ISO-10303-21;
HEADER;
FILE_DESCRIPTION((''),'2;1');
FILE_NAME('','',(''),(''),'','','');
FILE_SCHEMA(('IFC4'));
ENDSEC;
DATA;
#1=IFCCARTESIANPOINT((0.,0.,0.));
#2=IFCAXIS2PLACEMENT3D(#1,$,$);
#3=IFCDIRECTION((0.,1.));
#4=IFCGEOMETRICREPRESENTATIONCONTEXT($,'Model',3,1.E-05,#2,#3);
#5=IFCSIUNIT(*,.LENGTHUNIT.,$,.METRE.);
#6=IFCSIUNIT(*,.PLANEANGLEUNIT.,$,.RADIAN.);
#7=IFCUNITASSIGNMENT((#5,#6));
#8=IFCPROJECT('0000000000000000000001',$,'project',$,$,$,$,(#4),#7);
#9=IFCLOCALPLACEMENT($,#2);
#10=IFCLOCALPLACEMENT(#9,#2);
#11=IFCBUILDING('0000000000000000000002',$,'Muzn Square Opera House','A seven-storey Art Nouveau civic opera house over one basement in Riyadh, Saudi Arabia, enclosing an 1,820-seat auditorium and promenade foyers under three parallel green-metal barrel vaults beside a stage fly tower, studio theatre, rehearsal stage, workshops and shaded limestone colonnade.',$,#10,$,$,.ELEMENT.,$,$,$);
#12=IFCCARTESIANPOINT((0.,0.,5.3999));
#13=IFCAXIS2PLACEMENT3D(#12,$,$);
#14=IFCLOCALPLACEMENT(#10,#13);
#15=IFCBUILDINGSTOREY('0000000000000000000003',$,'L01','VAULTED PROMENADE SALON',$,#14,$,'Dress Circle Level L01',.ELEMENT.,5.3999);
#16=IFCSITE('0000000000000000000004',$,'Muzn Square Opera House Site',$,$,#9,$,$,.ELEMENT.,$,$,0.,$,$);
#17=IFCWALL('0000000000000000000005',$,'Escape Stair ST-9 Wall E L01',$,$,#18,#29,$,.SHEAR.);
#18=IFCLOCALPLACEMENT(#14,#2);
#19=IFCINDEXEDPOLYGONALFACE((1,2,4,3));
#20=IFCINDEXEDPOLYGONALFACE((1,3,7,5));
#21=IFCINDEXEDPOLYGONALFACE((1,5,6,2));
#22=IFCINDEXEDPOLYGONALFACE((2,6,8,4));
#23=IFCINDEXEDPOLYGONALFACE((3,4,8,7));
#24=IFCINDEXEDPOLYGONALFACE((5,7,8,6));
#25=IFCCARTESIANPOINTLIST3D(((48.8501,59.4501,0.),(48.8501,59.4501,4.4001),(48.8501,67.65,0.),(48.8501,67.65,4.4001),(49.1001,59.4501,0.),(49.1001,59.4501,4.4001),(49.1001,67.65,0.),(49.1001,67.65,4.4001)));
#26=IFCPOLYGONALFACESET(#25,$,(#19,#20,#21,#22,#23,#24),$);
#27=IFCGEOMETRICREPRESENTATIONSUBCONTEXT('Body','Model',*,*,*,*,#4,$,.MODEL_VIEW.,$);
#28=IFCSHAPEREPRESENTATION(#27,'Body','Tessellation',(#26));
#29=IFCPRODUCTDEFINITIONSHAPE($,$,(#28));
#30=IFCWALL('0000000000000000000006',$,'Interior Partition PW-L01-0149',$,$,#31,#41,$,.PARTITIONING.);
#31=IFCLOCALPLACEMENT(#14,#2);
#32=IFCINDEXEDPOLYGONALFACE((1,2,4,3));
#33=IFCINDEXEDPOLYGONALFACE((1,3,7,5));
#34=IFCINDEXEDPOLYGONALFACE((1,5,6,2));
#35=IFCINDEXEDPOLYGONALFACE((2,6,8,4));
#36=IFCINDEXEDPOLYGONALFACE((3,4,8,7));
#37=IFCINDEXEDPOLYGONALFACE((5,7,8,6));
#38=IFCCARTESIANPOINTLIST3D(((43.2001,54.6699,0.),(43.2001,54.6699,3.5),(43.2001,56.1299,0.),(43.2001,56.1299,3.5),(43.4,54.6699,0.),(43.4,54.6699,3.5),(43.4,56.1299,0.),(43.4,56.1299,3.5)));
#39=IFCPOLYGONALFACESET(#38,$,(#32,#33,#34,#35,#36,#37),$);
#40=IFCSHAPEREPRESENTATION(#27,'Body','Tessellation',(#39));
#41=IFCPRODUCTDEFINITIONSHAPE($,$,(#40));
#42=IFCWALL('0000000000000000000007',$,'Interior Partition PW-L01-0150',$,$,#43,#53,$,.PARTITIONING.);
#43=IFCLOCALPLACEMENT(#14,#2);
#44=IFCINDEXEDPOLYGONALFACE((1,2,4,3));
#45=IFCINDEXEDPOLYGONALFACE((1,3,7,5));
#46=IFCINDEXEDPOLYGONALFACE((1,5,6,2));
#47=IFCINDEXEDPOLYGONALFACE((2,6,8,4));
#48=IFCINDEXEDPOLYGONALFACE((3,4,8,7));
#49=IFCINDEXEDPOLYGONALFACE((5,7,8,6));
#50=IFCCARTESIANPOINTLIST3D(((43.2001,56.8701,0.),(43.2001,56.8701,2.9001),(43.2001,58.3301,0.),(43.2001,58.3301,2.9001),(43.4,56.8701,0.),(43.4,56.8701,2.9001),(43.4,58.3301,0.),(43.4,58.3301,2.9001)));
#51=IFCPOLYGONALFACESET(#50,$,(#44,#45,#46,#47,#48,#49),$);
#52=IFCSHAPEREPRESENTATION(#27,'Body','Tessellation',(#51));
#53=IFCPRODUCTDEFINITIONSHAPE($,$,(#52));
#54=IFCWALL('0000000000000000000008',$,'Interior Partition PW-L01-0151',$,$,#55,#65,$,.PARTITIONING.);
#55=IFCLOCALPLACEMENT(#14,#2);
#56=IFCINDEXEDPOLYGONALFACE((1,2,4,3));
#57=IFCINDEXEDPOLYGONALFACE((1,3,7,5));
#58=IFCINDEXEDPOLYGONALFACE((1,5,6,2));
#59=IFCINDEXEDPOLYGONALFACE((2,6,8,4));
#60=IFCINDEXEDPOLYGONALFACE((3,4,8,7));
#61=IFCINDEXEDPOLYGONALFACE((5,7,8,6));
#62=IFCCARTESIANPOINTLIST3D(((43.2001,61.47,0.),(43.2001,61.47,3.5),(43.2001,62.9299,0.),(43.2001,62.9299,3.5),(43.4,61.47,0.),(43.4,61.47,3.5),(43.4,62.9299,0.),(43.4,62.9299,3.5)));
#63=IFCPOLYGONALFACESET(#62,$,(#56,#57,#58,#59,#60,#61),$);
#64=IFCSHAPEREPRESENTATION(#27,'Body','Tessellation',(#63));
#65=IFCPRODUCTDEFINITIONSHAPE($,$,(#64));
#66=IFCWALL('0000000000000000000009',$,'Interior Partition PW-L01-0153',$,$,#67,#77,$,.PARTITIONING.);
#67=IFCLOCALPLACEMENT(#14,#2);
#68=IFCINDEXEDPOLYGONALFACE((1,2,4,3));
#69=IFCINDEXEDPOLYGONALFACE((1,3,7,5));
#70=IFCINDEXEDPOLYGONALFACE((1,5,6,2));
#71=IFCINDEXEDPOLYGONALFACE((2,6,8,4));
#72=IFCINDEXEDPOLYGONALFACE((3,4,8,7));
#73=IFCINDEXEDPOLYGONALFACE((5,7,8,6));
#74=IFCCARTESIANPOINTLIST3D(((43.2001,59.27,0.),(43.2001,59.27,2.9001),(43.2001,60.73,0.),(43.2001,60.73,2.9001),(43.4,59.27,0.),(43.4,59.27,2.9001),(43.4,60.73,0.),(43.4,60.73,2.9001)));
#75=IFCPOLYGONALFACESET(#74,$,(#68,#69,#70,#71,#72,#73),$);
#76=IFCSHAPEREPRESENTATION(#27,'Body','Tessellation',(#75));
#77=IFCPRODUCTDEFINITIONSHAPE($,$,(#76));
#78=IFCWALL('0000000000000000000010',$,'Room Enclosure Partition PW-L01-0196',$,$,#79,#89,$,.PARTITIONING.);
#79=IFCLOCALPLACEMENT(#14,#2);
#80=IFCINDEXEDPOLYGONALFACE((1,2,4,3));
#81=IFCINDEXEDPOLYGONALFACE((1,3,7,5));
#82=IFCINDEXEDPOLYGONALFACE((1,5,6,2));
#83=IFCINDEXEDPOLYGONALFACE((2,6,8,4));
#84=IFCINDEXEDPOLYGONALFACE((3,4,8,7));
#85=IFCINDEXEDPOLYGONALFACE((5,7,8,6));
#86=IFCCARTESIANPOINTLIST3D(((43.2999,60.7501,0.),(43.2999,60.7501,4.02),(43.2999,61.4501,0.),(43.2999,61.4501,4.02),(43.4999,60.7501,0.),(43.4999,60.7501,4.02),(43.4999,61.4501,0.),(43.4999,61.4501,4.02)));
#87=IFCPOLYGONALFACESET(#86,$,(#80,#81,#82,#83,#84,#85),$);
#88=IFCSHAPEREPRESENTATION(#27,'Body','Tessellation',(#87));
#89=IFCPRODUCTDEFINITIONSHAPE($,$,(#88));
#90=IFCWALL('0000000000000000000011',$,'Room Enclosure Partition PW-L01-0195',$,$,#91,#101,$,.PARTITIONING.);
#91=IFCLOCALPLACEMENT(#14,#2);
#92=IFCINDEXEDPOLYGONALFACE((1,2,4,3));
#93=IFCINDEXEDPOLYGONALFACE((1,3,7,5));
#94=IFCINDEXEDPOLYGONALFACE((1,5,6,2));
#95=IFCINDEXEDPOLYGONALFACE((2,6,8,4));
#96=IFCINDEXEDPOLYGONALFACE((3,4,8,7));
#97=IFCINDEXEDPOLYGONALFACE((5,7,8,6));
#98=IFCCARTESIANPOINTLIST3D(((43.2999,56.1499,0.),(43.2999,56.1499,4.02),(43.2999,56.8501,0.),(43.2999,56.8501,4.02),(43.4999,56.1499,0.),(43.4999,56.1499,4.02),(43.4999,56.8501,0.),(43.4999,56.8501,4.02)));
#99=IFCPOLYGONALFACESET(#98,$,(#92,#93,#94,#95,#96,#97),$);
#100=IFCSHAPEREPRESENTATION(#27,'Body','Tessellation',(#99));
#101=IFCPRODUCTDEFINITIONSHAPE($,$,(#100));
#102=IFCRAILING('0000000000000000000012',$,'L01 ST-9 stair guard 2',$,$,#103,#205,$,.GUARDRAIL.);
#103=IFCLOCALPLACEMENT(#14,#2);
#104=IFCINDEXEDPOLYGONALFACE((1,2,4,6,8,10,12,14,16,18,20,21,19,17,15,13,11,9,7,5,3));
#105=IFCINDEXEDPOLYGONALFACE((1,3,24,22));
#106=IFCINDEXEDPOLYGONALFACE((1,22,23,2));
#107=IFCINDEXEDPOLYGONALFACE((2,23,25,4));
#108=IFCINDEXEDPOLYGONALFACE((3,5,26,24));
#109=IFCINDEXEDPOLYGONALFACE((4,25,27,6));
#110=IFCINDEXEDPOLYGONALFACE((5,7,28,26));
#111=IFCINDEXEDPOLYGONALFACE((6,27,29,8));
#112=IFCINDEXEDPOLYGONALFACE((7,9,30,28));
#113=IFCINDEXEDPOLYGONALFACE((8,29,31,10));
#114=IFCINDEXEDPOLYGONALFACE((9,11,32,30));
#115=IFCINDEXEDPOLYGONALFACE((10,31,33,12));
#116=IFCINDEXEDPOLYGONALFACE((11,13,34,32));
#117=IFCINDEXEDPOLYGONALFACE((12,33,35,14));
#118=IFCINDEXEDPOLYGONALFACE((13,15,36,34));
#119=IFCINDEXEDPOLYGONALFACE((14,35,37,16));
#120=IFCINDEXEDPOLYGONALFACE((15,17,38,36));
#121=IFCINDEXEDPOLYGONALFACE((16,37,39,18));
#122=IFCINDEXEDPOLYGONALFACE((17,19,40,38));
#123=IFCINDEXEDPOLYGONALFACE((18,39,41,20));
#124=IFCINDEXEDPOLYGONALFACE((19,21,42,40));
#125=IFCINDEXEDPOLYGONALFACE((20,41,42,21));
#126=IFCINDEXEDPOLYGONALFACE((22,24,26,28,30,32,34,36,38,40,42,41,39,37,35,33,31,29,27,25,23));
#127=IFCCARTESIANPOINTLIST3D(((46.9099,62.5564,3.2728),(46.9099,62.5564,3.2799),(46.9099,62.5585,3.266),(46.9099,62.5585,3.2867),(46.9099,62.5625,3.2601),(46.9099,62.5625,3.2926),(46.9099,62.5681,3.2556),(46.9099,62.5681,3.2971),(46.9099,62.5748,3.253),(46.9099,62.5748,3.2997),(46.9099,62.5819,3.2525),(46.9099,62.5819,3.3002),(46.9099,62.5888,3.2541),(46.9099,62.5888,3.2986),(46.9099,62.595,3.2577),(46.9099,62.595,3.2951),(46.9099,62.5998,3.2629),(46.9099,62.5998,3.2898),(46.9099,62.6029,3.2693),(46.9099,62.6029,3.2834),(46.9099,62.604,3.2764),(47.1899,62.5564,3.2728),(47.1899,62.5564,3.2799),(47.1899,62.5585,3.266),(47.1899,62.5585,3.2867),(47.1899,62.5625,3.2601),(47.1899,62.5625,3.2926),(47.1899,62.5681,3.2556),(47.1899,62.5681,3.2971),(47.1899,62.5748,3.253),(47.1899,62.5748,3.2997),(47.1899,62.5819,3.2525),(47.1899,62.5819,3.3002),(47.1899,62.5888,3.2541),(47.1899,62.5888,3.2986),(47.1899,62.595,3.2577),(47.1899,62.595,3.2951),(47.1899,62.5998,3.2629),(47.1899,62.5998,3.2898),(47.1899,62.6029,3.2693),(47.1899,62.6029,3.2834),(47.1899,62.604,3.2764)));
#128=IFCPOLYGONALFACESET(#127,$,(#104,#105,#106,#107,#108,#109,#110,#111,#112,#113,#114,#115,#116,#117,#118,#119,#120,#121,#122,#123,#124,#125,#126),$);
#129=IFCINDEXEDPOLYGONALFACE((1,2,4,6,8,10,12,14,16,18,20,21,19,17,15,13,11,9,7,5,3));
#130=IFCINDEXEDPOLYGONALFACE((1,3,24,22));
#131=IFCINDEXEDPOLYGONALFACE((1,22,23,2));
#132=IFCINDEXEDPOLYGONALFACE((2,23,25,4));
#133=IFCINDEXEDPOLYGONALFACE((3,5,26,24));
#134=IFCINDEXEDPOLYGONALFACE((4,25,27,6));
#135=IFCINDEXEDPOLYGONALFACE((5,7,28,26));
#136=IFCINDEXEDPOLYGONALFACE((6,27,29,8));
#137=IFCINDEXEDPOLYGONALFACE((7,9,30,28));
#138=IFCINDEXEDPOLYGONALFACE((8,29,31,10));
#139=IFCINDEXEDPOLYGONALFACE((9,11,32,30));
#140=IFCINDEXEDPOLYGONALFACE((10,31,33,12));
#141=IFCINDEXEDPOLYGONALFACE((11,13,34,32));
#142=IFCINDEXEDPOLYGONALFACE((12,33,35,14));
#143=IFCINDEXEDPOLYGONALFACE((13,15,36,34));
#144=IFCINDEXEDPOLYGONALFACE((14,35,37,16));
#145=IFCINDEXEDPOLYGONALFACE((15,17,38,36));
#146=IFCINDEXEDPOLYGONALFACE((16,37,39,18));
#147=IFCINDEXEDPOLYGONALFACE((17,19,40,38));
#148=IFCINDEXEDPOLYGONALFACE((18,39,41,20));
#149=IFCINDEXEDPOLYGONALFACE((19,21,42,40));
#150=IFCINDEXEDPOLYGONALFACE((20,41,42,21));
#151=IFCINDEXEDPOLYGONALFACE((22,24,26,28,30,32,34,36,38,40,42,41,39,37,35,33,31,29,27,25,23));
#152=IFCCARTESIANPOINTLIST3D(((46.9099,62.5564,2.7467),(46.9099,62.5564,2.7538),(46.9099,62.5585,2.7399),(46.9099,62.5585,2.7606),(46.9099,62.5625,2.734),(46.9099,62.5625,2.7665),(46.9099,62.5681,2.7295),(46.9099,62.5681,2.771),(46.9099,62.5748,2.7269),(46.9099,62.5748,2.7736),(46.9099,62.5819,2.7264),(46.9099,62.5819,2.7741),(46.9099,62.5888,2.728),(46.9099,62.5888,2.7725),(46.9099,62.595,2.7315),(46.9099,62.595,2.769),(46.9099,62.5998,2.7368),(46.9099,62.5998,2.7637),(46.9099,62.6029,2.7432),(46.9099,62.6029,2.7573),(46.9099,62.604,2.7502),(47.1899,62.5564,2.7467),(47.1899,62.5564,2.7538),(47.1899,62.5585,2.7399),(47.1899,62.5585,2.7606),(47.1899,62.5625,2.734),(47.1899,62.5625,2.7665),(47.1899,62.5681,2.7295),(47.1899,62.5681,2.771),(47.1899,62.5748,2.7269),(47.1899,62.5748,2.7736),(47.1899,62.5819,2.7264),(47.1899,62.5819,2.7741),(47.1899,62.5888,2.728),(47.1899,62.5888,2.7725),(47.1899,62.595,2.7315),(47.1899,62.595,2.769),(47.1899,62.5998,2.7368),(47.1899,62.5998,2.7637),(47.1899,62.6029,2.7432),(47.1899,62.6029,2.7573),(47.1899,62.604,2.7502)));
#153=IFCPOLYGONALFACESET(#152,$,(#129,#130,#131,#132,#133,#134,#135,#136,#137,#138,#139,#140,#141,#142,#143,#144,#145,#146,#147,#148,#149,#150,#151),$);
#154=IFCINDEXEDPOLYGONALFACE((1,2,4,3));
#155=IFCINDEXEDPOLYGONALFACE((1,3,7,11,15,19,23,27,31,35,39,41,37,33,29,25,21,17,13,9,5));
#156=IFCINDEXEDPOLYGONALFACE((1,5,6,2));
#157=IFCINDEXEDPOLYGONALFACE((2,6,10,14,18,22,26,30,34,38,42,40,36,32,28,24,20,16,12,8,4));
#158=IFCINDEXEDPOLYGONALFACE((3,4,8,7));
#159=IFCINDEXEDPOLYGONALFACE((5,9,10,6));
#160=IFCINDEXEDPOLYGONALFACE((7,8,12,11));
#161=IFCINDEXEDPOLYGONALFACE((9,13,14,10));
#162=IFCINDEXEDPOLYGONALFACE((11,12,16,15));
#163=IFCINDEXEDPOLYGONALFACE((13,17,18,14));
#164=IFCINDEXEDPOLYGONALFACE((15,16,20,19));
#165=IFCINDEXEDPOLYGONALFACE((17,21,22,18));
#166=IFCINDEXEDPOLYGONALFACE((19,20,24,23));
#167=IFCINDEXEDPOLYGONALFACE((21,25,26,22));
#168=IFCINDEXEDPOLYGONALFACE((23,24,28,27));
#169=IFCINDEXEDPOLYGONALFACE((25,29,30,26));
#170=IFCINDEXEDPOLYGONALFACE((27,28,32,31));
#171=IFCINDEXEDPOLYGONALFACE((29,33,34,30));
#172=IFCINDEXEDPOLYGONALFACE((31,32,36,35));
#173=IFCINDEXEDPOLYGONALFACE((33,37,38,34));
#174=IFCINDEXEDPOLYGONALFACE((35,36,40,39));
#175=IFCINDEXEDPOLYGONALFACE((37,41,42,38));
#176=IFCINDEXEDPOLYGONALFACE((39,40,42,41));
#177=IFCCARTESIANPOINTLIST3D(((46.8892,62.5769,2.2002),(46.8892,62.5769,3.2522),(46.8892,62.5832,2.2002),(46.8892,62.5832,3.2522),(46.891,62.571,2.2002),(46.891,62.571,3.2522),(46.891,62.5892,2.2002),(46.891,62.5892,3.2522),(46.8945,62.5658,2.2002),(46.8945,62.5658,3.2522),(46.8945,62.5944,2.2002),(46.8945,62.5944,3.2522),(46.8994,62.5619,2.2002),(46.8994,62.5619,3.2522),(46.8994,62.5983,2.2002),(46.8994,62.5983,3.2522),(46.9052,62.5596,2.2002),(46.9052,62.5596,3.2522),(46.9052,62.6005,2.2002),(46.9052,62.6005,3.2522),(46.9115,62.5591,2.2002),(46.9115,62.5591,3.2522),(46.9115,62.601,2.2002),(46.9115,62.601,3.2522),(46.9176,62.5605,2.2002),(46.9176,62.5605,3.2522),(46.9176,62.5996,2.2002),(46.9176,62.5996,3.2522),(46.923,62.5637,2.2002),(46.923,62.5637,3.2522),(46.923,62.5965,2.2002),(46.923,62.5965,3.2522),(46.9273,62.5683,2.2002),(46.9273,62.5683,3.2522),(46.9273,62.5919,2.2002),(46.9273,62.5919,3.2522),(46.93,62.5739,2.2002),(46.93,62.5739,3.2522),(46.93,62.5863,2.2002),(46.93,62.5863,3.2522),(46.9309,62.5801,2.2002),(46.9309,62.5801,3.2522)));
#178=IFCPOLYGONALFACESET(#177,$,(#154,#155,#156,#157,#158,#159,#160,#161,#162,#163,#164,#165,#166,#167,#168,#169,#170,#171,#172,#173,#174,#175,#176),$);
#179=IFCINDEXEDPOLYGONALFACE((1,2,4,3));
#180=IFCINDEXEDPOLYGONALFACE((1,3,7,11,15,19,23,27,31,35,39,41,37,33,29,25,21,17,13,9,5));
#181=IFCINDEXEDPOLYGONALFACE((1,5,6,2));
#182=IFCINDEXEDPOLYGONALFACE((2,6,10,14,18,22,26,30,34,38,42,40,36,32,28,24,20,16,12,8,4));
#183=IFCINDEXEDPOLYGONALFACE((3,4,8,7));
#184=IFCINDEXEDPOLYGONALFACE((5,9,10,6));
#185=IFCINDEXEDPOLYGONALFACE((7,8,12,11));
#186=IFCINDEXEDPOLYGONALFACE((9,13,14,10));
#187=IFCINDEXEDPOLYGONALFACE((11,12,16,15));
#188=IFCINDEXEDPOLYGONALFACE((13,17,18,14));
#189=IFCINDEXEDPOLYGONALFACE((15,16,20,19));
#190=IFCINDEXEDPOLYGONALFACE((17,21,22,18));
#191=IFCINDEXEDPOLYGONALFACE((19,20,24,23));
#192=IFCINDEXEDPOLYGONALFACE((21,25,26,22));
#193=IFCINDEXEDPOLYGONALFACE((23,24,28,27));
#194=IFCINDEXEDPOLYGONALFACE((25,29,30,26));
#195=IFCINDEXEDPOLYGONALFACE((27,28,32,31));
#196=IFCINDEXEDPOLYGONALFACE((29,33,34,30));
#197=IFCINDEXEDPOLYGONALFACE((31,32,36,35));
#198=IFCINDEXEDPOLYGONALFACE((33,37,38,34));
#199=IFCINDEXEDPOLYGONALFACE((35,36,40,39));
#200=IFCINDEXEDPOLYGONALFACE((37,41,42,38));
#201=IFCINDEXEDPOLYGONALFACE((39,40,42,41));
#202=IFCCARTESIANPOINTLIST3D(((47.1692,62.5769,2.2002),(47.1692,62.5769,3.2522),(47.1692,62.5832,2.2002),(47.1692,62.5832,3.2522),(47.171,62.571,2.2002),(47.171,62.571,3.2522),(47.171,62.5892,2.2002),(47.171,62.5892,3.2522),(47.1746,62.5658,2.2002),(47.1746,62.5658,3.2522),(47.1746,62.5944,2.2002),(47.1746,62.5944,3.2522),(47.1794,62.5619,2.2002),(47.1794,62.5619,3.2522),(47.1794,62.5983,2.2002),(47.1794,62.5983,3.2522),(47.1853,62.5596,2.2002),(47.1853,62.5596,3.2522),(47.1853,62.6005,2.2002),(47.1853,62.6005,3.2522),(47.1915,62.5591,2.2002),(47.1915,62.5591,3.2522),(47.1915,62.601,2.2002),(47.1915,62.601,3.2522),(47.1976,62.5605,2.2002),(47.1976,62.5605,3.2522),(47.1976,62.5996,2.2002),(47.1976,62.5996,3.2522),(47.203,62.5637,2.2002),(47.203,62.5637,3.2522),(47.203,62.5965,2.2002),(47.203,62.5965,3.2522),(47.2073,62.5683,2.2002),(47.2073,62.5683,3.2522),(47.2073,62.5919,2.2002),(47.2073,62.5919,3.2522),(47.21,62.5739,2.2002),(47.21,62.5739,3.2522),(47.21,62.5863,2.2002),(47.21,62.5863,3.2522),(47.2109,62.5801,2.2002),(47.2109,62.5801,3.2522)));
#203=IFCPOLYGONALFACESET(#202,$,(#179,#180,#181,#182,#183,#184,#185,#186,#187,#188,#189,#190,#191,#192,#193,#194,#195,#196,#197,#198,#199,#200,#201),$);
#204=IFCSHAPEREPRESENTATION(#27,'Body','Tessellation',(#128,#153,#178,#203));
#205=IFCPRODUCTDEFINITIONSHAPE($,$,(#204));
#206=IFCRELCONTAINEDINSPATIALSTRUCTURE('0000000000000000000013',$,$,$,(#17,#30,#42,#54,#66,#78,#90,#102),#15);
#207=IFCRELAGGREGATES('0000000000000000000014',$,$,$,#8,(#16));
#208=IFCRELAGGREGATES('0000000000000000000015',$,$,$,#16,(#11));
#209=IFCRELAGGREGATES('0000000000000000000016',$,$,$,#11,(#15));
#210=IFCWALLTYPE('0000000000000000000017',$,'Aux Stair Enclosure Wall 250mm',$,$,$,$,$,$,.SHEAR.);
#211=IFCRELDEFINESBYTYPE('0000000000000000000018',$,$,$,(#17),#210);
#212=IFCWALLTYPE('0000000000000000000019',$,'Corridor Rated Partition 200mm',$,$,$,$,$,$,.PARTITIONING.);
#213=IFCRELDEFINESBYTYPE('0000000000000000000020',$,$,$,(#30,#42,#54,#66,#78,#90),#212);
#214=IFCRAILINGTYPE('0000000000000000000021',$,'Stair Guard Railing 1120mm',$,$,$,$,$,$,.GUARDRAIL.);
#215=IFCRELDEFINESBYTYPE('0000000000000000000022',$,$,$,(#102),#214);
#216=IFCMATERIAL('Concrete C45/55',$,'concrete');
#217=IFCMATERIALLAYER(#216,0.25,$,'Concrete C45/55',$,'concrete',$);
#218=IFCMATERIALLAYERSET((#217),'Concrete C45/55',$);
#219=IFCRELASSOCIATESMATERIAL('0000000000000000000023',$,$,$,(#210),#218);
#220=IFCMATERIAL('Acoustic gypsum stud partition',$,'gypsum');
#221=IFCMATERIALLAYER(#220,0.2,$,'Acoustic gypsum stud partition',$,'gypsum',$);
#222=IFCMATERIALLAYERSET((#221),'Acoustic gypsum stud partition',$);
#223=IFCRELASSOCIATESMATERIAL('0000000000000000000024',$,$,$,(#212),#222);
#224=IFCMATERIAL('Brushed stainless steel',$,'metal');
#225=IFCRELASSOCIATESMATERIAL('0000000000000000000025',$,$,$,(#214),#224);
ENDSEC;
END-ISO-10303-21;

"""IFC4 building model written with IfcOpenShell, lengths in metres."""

from ifc_helpers import new_model, si_unit, direction, frame, frame_2d, origin, origin_2d, place, context, subcontext, project, spatial, rectangle, circle, extrude, material, layer, layer_set, type_object, element, save


model = new_model("IFC4")

# Units and contexts
model_context = context("Model", 3, precision=1e-05, world=origin(), true_north=direction((0.0, 1.0)))
body_context = subcontext(model_context, "Body", "Model", "MODEL_VIEW")
ifc_project = project(units=[si_unit("LENGTHUNIT", "METRE"), si_unit("PLANEANGLEUNIT", "RADIAN")], contexts=[model_context])

# Site, building, storey
site_placement = place(None, origin())
site = spatial("IfcSite", under=ifc_project, at=site_placement, Name="Muzn Square Opera House Site", CompositionType="ELEMENT", RefElevation=0.0)
building_placement = place(site_placement, origin())
building = spatial("IfcBuilding", under=site, at=building_placement, Name="Muzn Square Opera House", Description="A seven-storey Art Nouveau civic opera house over one basement in Riyadh, Saudi Arabia, enclosing an 1,820-seat auditorium and promenade foyers under three parallel green-metal barrel vaults beside a stage fly tower, studio theatre, rehearsal stage, workshops and shaded limestone colonnade.", CompositionType="ELEMENT")
storey_placement = place(building_placement, frame((0.0, 0.0, 5.3999)))
storey = spatial("IfcBuildingStorey", under=building, at=storey_placement, Name="L01", Description="VAULTED PROMENADE SALON", LongName="Dress Circle Level L01", CompositionType="ELEMENT", Elevation=5.3999)

# Shared definitions
ifc_material_1 = material(Name="Concrete C45/55", Category="concrete")

# Walls
ifc_layer_1 = layer(ifc_material_1, 0.25, Name="Concrete C45/55", Category="concrete")
ifc_layer_set_1 = layer_set([ifc_layer_1], Name="Concrete C45/55")
wall_type_1 = type_object("IfcWallType", Name="Aux Stair Enclosure Wall 250mm", PredefinedType="SHEAR", material=ifc_layer_set_1)
for number, where, z_axis, x_axis, name in (
    (1, (48.9751, 59.45, 0.0), (0.0, 0.0, 1.0), (0.0, 1.0, 0.0), "Escape Stair ST-9 Wall E L01"),
):
    element("IfcWall", number, at=place(storey_placement, frame(where, z_axis=z_axis, x_axis=x_axis)), inside=storey, type_object=wall_type_1, Name=name, PredefinedType="SHEAR", context=body_context, shape_type="SweptSolid", body=[
        extrude(rectangle(XDim=8.2, YDim=0.25, at=frame_2d((4.1001, 0.0))), origin(), (0.0, 0.0, 1.0), 4.4001),
    ])
ifc_material_2 = material(Name="Acoustic gypsum stud partition", Category="gypsum")
ifc_layer_2 = layer(ifc_material_2, 0.2, Name="Acoustic gypsum stud partition", Category="gypsum")
ifc_layer_set_2 = layer_set([ifc_layer_2], Name="Acoustic gypsum stud partition")
wall_type_2 = type_object("IfcWallType", Name="Corridor Rated Partition 200mm", PredefinedType="PARTITIONING", material=ifc_layer_set_2)
wall_1_placement = place(storey_placement, frame((43.3, 54.6699, 0.0), z_axis=(0.0, 0.0, 1.0), x_axis=(0.0, 1.0, 0.0)))
element("IfcWall", 2, at=wall_1_placement, inside=storey, type_object=wall_type_2, Name="Interior Partition PW-L01-0149", PredefinedType="PARTITIONING", context=body_context, shape_type="SweptSolid", body=[
    extrude(rectangle(XDim=1.46, YDim=0.2, at=frame_2d((0.73, 0.0))), origin(), (0.0, 0.0, 1.0), 3.5),
])
wall_2_placement = place(storey_placement, frame((43.3, 56.8701, 0.0), z_axis=(0.0, 0.0, 1.0), x_axis=(0.0, 1.0, 0.0)))
element("IfcWall", 3, at=wall_2_placement, inside=storey, type_object=wall_type_2, Name="Interior Partition PW-L01-0150", PredefinedType="PARTITIONING", context=body_context, shape_type="SweptSolid", body=[
    extrude(rectangle(XDim=1.46, YDim=0.2, at=frame_2d((0.73, 0.0))), origin(), (0.0, 0.0, 1.0), 2.9001),
])
wall_3_placement = place(storey_placement, frame((43.3, 61.47, 0.0), z_axis=(0.0, 0.0, 1.0), x_axis=(0.0, 1.0, 0.0)))
element("IfcWall", 4, at=wall_3_placement, inside=storey, type_object=wall_type_2, Name="Interior Partition PW-L01-0151", PredefinedType="PARTITIONING", context=body_context, shape_type="SweptSolid", body=[
    extrude(rectangle(XDim=1.46, YDim=0.2, at=frame_2d((0.73, 0.0))), origin(), (0.0, 0.0, 1.0), 3.5),
])
wall_4_placement = place(storey_placement, frame((43.3, 59.27, 0.0), z_axis=(0.0, 0.0, 1.0), x_axis=(0.0, 1.0, 0.0)))
element("IfcWall", 5, at=wall_4_placement, inside=storey, type_object=wall_type_2, Name="Interior Partition PW-L01-0153", PredefinedType="PARTITIONING", context=body_context, shape_type="SweptSolid", body=[
    extrude(rectangle(XDim=1.46, YDim=0.2, at=frame_2d((0.73, 0.0))), origin(), (0.0, 0.0, 1.0), 2.9001),
])
wall_5_placement = place(storey_placement, frame((43.3999, 60.75, 0.0), z_axis=(0.0, 0.0, 1.0), x_axis=(0.0, 1.0, 0.0)))
element("IfcWall", 6, at=wall_5_placement, inside=storey, type_object=wall_type_2, Name="Room Enclosure Partition PW-L01-0196", PredefinedType="PARTITIONING", context=body_context, shape_type="SweptSolid", body=[
    extrude(rectangle(XDim=0.7, YDim=0.2, at=frame_2d((0.3501, 0.0))), origin(), (0.0, 0.0, 1.0), 4.02),
])
wall_6_placement = place(storey_placement, frame((43.3999, 56.1499, 0.0), z_axis=(0.0, 0.0, 1.0), x_axis=(0.0, 1.0, 0.0)))
element("IfcWall", 7, at=wall_6_placement, inside=storey, type_object=wall_type_2, Name="Room Enclosure Partition PW-L01-0195", PredefinedType="PARTITIONING", context=body_context, shape_type="SweptSolid", body=[
    extrude(rectangle(XDim=0.7002, YDim=0.2, at=frame_2d((0.3501, 0.0))), origin(), (0.0, 0.0, 1.0), 4.02),
])

# Railing
ifc_material_3 = material(Name="Brushed stainless steel", Category="metal")
railing_type = type_object("IfcRailingType", Name="Stair Guard Railing 1120mm", PredefinedType="GUARDRAIL", material=ifc_material_3)
railing_1_placement = place(storey_placement, frame((46.9099, 62.5801, 2.2002)))
element("IfcRailing", 8, at=railing_1_placement, inside=storey, type_object=railing_type, Name="L01 ST-9 stair guard 2", PredefinedType="GUARDRAIL", context=body_context, shape_type="SweptSolid", body=[
    extrude(circle(Radius=0.0239, at=origin_2d()), frame((0.0, 0.0, 1.0762), z_axis=(1.0, 0.0, 0.0), x_axis=(0.0, 1.0, 0.0)), (0.0, 0.0, 1.0), 0.28),
    extrude(circle(Radius=0.0239, at=origin_2d()), frame((0.0, 0.0, 0.55), z_axis=(1.0, 0.0, 0.0), x_axis=(0.0, 1.0, 0.0)), (0.0, 0.0, 1.0), 0.28),
    extrude(circle(Radius=0.021, at=origin_2d()), origin(), (0.0, 0.0, 1.0), 1.052),
    extrude(circle(Radius=0.021, at=origin_2d()), frame((0.28, 0.0, 0.0)), (0.0, 0.0, 1.0), 1.052),
])

save(model, "model.ifc")
